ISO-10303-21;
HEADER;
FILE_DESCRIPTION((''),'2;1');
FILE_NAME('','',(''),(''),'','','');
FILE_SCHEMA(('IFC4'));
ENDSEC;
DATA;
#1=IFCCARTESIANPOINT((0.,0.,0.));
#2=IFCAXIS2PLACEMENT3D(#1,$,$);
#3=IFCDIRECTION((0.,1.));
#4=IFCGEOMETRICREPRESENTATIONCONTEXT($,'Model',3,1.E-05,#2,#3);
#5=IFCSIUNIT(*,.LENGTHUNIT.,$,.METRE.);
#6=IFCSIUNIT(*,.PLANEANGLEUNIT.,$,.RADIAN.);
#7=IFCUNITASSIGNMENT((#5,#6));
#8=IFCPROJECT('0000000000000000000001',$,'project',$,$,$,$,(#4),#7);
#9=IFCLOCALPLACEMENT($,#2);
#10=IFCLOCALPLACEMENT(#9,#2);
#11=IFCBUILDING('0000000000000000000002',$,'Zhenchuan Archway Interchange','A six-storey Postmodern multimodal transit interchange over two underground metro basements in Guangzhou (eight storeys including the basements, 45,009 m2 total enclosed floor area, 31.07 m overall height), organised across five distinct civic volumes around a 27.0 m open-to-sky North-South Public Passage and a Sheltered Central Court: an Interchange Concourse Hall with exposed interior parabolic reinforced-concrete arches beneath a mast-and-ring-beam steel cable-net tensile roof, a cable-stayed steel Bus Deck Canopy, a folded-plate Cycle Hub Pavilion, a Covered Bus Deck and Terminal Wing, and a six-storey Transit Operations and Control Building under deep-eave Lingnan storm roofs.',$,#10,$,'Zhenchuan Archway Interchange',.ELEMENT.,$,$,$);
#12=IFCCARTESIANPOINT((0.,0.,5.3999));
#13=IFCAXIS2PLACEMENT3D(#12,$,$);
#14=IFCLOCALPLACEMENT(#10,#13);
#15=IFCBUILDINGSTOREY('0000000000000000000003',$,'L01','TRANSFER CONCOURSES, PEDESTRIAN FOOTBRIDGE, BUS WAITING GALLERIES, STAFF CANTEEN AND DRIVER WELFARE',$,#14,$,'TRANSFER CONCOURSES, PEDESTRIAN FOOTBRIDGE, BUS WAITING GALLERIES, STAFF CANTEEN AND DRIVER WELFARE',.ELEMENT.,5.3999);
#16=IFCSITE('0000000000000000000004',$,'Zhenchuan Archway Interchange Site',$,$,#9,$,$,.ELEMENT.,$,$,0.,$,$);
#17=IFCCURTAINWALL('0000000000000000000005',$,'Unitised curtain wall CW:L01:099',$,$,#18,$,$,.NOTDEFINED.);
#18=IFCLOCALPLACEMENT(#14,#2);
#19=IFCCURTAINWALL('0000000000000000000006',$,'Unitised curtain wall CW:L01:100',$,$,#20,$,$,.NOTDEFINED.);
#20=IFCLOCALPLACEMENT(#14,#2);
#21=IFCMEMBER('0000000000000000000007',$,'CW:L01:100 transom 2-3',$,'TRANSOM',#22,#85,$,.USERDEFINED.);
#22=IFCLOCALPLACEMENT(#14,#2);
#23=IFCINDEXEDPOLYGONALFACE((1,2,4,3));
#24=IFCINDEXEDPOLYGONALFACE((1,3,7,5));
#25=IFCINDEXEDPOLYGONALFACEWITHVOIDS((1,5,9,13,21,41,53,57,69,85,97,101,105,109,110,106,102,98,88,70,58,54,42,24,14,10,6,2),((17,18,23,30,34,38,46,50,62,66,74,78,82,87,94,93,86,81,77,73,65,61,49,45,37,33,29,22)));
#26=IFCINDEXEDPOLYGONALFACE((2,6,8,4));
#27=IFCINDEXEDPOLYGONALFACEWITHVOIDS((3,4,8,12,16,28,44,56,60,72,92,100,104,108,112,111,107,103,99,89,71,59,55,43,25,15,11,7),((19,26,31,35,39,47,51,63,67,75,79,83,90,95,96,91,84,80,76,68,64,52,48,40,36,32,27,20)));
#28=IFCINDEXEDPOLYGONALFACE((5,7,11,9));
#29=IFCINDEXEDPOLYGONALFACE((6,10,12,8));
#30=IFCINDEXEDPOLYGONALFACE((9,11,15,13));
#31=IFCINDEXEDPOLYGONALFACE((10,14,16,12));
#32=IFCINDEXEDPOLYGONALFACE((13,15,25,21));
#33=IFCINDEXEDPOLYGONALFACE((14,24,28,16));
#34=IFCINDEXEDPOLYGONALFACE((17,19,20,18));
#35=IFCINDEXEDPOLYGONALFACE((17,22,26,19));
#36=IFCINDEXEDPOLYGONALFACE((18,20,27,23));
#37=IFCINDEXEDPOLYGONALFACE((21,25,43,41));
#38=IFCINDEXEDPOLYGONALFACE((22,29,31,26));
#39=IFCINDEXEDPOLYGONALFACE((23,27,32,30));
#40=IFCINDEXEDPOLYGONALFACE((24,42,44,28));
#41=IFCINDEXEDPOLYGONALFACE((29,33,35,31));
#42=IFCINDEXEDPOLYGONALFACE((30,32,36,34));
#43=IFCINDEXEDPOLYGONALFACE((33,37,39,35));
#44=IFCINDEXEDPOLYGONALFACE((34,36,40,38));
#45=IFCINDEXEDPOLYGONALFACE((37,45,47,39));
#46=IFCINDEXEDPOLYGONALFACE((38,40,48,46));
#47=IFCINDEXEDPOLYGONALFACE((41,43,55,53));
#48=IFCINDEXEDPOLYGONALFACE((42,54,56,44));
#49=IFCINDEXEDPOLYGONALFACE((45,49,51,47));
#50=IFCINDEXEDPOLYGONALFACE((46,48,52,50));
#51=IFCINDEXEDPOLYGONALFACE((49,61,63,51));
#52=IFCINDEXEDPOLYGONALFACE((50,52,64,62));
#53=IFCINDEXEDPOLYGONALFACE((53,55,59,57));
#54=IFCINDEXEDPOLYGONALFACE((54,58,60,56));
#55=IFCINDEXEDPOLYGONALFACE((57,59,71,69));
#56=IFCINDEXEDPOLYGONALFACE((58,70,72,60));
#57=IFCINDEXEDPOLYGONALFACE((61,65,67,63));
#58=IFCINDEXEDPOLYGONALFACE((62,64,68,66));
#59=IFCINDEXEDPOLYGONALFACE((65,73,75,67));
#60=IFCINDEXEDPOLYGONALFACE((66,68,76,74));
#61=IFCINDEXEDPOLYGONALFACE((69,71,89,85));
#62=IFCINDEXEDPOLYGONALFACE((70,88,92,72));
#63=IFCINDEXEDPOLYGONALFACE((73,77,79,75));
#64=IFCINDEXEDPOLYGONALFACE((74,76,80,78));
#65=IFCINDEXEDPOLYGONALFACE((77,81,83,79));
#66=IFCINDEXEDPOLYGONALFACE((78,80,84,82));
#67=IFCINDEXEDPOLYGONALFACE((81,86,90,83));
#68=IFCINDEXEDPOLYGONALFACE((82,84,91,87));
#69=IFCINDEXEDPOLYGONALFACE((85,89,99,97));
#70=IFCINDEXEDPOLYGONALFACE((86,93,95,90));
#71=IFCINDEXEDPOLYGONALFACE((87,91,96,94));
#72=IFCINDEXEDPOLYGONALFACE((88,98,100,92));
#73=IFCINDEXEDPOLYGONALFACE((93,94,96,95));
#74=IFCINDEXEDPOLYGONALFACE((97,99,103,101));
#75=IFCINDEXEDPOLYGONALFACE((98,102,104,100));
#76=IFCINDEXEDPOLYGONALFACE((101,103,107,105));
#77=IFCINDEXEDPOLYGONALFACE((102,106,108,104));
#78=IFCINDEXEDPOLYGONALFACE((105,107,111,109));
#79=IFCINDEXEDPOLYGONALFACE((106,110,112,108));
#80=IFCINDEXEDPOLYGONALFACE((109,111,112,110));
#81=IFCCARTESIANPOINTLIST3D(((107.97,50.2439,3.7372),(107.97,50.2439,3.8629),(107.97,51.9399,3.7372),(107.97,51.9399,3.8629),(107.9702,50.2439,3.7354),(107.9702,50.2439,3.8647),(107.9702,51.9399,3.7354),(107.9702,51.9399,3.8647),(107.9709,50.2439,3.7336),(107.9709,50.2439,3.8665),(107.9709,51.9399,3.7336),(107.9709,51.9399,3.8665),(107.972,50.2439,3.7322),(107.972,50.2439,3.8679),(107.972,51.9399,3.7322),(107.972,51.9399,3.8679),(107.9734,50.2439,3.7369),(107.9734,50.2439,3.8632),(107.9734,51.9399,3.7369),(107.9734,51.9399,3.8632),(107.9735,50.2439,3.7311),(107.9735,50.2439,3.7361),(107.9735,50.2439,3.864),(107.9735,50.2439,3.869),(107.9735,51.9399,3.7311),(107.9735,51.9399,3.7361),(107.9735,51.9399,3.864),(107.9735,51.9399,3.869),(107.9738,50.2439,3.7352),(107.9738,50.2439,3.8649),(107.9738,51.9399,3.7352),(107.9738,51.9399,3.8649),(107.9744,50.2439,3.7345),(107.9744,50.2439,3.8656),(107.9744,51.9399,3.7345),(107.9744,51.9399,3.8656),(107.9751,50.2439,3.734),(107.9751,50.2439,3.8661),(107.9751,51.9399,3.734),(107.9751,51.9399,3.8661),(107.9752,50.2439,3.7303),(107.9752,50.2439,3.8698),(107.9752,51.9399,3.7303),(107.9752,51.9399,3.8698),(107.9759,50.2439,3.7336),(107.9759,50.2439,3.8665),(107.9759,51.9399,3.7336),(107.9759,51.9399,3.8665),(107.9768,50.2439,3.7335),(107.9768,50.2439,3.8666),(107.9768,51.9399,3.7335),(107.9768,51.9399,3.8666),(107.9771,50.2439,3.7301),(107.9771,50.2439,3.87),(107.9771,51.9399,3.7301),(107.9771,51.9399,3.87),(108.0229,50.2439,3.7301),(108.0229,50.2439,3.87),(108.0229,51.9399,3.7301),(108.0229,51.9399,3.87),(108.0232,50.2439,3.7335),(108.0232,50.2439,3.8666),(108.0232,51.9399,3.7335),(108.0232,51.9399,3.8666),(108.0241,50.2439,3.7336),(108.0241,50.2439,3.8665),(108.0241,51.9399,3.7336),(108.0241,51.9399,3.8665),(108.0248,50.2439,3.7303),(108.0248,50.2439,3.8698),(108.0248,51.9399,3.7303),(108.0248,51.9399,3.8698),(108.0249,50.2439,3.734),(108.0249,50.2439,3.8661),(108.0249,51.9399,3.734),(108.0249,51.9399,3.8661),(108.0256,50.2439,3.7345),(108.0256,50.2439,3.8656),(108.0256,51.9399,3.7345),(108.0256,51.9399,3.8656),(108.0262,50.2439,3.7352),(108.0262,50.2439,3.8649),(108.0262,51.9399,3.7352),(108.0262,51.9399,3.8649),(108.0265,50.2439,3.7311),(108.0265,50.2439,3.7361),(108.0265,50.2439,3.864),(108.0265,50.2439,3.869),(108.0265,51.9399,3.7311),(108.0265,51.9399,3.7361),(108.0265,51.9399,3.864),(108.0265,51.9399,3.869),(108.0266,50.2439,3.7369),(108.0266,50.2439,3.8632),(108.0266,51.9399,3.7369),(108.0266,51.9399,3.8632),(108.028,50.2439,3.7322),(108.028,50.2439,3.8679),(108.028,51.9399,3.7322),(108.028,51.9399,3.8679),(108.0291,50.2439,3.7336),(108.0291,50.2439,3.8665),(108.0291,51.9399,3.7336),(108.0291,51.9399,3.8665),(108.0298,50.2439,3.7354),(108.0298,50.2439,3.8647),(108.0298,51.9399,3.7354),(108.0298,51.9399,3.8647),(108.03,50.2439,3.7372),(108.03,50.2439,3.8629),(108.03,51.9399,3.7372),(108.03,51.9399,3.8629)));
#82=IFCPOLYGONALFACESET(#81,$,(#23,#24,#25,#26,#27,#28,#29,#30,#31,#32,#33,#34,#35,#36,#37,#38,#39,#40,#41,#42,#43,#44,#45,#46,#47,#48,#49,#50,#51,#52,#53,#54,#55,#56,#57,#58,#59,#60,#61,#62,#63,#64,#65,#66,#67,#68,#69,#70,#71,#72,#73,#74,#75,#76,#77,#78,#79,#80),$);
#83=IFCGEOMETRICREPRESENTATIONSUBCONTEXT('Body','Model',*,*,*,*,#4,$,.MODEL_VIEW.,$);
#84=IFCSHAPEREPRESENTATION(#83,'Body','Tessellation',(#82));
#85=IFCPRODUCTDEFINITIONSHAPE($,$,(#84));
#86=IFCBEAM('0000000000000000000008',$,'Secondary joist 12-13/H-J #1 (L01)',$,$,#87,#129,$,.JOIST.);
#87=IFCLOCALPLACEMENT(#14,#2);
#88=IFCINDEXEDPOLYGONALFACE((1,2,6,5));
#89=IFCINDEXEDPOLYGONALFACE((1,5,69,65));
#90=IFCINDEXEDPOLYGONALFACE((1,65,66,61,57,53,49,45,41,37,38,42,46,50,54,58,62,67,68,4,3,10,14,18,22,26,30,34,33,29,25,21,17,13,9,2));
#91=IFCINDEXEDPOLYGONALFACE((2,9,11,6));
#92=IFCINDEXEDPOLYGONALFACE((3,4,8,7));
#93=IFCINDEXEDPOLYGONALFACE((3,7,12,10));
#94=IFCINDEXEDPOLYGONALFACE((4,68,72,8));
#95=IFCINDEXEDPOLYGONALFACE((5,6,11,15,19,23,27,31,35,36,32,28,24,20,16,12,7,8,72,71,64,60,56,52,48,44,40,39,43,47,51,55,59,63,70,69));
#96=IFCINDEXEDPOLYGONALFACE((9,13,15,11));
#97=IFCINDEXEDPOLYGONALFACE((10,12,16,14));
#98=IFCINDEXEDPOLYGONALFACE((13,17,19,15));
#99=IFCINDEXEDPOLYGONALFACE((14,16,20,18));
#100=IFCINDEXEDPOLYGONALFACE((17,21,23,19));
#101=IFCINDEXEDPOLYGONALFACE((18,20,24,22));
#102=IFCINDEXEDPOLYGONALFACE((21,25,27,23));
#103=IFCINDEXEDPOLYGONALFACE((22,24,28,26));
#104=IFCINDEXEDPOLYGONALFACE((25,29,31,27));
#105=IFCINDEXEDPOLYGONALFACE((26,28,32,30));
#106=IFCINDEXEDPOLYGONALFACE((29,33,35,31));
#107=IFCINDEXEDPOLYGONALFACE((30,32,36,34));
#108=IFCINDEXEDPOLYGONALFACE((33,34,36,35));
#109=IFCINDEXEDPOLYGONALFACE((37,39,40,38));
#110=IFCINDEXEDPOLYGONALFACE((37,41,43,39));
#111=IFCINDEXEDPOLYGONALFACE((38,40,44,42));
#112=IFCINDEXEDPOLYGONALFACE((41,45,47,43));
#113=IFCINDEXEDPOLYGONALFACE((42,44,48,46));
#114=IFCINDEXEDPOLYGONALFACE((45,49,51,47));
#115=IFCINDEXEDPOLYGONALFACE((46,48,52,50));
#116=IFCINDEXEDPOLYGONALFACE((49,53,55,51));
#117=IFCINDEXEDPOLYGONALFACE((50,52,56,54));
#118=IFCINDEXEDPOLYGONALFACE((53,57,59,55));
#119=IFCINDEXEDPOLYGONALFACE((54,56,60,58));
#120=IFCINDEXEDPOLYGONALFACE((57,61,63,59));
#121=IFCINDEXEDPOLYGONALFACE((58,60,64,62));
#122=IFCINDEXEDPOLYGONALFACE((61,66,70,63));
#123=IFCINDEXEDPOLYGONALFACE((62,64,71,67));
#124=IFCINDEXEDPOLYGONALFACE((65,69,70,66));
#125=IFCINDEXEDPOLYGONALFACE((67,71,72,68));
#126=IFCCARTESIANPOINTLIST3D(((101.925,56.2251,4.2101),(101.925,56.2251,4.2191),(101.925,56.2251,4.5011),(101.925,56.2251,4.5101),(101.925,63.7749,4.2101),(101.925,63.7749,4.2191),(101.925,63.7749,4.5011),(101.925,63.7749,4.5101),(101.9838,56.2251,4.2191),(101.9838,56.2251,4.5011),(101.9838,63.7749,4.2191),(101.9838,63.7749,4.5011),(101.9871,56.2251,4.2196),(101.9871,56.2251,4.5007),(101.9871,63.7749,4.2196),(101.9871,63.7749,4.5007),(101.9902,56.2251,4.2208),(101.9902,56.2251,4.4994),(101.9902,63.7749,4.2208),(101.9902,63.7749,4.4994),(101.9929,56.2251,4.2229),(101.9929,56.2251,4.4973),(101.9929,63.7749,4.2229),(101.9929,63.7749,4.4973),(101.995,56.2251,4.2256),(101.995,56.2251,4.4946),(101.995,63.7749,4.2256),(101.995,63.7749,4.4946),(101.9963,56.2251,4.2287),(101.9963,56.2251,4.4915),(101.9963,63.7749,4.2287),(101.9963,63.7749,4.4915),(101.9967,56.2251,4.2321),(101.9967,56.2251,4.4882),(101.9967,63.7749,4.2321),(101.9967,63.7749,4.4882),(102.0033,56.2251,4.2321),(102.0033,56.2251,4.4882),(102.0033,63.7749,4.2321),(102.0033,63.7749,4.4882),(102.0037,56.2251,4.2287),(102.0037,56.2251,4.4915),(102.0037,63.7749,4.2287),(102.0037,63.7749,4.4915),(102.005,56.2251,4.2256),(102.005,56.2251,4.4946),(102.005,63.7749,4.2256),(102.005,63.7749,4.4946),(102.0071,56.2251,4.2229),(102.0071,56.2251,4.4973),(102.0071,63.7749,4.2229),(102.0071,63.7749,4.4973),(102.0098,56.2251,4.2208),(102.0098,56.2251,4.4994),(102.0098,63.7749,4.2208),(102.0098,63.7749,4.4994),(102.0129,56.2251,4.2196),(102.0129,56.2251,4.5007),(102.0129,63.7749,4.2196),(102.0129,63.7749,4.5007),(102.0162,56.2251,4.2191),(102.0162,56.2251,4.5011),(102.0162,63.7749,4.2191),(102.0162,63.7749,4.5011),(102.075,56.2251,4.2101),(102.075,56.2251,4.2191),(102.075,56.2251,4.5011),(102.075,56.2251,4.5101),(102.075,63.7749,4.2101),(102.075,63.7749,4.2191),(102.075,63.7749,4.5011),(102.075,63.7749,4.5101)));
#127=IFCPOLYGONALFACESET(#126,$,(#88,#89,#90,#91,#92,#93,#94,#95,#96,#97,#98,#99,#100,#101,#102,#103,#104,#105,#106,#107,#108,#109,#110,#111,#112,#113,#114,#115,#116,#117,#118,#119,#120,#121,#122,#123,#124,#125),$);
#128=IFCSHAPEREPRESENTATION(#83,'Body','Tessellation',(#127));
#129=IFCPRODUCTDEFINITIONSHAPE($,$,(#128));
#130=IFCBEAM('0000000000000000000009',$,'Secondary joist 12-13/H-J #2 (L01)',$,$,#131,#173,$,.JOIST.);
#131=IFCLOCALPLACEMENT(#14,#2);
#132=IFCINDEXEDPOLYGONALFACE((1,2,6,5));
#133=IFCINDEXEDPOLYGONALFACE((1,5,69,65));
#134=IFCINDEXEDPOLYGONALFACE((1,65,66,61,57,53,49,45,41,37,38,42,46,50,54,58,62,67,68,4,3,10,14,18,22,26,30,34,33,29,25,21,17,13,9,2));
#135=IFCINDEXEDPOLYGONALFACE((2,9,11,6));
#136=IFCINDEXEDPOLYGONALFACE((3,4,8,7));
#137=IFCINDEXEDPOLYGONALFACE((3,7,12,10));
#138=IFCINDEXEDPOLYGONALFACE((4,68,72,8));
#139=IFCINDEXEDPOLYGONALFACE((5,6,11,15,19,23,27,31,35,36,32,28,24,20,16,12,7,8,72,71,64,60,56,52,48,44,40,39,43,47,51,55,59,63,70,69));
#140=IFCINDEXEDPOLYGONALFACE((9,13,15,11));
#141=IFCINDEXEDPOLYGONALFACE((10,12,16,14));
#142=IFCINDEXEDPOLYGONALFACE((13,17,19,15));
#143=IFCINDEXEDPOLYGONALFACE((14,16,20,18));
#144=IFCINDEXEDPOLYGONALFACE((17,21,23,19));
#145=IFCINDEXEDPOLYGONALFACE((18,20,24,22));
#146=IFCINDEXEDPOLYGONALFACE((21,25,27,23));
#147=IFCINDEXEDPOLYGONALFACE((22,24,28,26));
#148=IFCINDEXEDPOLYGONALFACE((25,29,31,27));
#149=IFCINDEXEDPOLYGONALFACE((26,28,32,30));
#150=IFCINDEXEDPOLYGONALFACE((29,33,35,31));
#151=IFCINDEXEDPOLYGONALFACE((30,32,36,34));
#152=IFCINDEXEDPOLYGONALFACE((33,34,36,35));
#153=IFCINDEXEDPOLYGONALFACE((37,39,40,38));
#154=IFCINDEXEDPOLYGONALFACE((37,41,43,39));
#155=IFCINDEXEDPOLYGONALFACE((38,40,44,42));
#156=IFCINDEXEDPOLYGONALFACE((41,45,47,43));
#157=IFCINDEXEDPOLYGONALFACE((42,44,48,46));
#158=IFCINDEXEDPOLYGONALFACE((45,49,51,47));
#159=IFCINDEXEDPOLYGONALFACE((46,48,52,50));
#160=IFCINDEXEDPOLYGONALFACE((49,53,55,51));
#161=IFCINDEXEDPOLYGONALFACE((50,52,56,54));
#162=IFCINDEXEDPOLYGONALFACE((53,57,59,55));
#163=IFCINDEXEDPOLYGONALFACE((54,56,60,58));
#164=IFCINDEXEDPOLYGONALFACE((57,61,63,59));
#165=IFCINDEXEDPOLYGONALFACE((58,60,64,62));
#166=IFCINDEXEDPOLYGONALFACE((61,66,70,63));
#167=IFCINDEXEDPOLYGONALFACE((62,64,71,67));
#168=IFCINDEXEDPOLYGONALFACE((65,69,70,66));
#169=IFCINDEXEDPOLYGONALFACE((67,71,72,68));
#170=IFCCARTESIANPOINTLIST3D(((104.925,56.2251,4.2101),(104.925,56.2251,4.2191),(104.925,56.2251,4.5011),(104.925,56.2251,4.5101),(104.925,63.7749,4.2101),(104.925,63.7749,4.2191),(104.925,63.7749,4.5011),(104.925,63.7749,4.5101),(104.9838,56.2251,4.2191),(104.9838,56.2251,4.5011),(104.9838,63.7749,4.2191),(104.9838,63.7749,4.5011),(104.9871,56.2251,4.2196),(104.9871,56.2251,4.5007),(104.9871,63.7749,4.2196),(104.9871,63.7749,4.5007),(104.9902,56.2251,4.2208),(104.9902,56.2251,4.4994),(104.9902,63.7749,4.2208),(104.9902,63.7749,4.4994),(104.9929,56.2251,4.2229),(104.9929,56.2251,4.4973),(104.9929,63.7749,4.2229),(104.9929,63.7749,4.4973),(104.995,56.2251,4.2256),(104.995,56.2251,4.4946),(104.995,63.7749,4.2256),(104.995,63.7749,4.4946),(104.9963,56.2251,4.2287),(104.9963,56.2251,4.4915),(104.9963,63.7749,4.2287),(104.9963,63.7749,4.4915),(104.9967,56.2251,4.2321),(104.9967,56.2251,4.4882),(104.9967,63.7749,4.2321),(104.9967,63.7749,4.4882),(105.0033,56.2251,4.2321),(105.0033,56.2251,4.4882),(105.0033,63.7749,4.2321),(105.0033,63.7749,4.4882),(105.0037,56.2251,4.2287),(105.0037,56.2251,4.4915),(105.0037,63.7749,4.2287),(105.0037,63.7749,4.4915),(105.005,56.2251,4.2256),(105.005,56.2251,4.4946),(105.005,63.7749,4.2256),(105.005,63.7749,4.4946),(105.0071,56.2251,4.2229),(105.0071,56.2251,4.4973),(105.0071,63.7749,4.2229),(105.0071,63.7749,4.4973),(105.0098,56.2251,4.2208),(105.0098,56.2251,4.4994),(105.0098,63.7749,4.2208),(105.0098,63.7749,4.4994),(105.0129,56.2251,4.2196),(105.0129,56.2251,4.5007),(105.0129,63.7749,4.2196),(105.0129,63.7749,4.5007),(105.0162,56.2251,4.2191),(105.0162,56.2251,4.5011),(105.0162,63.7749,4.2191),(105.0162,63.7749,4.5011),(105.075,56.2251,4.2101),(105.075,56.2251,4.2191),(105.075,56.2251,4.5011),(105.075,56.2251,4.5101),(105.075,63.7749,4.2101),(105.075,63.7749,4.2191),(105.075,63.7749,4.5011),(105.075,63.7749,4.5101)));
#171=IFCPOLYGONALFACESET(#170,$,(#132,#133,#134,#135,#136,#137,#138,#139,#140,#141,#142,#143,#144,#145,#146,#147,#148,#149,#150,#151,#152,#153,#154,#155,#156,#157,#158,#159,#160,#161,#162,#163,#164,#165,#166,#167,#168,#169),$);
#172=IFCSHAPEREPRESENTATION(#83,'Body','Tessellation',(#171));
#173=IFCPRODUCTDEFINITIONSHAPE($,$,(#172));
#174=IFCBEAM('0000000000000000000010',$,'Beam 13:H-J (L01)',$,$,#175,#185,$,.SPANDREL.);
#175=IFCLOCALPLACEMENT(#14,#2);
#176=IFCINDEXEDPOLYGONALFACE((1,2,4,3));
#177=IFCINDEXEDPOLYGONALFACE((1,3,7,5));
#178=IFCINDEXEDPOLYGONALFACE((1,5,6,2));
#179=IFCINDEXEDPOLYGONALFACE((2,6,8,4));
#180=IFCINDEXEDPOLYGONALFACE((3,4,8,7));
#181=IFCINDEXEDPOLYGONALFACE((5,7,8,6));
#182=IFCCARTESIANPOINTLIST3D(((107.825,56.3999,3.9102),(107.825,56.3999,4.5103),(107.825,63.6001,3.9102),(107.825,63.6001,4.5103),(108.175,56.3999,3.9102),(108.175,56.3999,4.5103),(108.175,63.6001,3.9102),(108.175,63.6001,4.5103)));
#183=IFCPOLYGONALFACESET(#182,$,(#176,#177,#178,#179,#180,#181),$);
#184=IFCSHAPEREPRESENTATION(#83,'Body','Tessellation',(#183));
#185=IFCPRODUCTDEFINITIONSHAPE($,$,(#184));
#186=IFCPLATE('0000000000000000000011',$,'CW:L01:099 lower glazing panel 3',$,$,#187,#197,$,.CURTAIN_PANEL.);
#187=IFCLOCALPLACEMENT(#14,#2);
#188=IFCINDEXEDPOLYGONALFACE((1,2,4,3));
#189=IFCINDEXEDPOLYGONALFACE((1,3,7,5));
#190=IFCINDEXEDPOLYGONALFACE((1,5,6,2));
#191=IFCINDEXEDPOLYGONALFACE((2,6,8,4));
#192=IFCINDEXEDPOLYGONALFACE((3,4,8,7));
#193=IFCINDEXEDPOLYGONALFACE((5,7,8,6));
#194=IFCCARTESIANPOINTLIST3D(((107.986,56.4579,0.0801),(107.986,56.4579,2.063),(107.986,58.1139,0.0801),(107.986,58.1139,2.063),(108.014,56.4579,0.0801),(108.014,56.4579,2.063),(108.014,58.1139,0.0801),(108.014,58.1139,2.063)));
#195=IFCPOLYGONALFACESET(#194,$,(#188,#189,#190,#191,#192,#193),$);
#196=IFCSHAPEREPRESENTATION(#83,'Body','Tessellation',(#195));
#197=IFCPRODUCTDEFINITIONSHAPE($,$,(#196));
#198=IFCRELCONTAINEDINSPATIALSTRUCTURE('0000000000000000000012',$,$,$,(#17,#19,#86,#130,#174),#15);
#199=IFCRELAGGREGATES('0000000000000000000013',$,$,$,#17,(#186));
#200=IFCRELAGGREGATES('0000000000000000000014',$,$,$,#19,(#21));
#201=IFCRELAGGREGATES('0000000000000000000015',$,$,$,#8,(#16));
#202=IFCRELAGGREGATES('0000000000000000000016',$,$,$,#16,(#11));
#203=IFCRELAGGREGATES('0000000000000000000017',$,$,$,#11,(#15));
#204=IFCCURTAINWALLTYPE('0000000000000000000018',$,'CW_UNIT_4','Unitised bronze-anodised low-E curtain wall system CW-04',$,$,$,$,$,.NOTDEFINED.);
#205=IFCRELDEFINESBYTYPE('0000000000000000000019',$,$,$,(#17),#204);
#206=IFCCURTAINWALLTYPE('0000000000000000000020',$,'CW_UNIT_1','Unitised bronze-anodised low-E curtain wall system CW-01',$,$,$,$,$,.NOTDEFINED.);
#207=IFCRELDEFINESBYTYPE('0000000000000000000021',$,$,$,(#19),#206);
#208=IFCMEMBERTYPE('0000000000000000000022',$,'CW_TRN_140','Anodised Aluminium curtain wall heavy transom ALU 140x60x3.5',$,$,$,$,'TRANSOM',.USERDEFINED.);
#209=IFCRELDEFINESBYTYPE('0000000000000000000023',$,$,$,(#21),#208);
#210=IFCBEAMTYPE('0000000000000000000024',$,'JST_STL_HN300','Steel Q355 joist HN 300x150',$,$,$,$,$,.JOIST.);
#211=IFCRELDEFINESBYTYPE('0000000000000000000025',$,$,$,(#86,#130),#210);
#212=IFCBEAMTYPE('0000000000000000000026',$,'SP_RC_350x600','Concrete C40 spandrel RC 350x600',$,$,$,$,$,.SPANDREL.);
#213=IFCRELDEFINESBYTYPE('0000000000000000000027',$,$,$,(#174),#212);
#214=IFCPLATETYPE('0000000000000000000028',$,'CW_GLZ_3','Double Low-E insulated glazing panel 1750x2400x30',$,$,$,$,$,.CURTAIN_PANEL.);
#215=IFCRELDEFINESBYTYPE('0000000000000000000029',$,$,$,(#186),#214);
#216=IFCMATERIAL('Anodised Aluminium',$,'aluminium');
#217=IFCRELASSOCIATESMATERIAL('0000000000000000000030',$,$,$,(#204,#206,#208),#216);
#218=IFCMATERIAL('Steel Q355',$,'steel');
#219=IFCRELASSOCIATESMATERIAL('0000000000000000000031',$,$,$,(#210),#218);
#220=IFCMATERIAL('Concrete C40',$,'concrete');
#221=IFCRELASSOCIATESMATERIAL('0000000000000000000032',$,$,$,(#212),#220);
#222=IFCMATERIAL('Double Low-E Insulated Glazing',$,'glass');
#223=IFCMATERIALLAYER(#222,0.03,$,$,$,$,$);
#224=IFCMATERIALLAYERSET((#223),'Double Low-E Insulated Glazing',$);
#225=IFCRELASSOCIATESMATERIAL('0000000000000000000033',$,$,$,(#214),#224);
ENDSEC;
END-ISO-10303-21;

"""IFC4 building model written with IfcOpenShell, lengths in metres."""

from ifc_helpers import new_model, si_unit, direction, frame, origin, origin_2d, place, context, subcontext, project, spatial, rectangle, hollow_rectangle, i_section, extrude, material, layer, layer_set, material_profile, profile_set, type_object, element, aggregate, save


model = new_model("IFC4")

# Units and contexts
model_context = context("Model", 3, precision=1e-05, world=origin(), true_north=direction((0.0, 1.0)))
body_context = subcontext(model_context, "Body", "Model", "MODEL_VIEW")
ifc_project = project(units=[si_unit("LENGTHUNIT", "METRE"), si_unit("PLANEANGLEUNIT", "RADIAN")], contexts=[model_context])

# Site, building, storey
site_placement = place(None, origin())
site = spatial("IfcSite", under=ifc_project, at=site_placement, Name="Zhenchuan Archway Interchange Site", CompositionType="ELEMENT", RefElevation=0.0)
building_placement = place(site_placement, origin())
building = spatial("IfcBuilding", under=site, at=building_placement, Name="Zhenchuan Archway Interchange", Description="A six-storey Postmodern multimodal transit interchange over two underground metro basements in Guangzhou (eight storeys including the basements, 45,009 m2 total enclosed floor area, 31.07 m overall height), organised across five distinct civic volumes around a 27.0 m open-to-sky North-South Public Passage and a Sheltered Central Court: an Interchange Concourse Hall with exposed interior parabolic reinforced-concrete arches beneath a mast-and-ring-beam steel cable-net tensile roof, a cable-stayed steel Bus Deck Canopy, a folded-plate Cycle Hub Pavilion, a Covered Bus Deck and Terminal Wing, and a six-storey Transit Operations and Control Building under deep-eave Lingnan storm roofs.", LongName="Zhenchuan Archway Interchange", CompositionType="ELEMENT")
storey_placement = place(building_placement, frame((0.0, 0.0, 5.3999)))
storey = spatial("IfcBuildingStorey", under=building, at=storey_placement, Name="L01", Description="TRANSFER CONCOURSES, PEDESTRIAN FOOTBRIDGE, BUS WAITING GALLERIES, STAFF CANTEEN AND DRIVER WELFARE", LongName="TRANSFER CONCOURSES, PEDESTRIAN FOOTBRIDGE, BUS WAITING GALLERIES, STAFF CANTEEN AND DRIVER WELFARE", CompositionType="ELEMENT", Elevation=5.3999)

# Shared definitions
ifc_material_1 = material(Name="Concrete C40", Category="concrete")

# Curtain wall
ifc_material_2 = material(Name="Anodised Aluminium", Category="aluminium")
curtain_wall_type_1 = type_object("IfcCurtainWallType", Name="CW_UNIT_4", Description="Unitised bronze-anodised low-E curtain wall system CW-04", PredefinedType="NOTDEFINED", material=ifc_material_2)
curtain_wall_1_placement = place(storey_placement, origin())
curtain_wall_1 = element("IfcCurtainWall", 1, at=curtain_wall_1_placement, inside=storey, type_object=curtain_wall_type_1, Name="Unitised curtain wall CW:L01:099", PredefinedType="NOTDEFINED")

# Curtain wall, member
curtain_wall_type_2 = type_object("IfcCurtainWallType", Name="CW_UNIT_1", Description="Unitised bronze-anodised low-E curtain wall system CW-01", PredefinedType="NOTDEFINED", material=ifc_material_2)
curtain_wall_2_placement = place(storey_placement, origin())
curtain_wall_2 = element("IfcCurtainWall", 2, at=curtain_wall_2_placement, inside=storey, type_object=curtain_wall_type_2, Name="Unitised curtain wall CW:L01:100", PredefinedType="NOTDEFINED")
ifc_material_profile_1 = material_profile(ifc_material_2, hollow_rectangle(XDim=0.0601, YDim=0.1399, WallThickness=0.0034, InnerFilletRadius=0.0034, OuterFilletRadius=0.0071, at=origin_2d()), Name="ALU 140x60x3.5")
ifc_profile_set_1 = profile_set([ifc_material_profile_1], Name="Anodised Aluminium")
member_type_1 = type_object("IfcMemberType", Name="CW_TRN_140", Description="Anodised Aluminium curtain wall heavy transom ALU 140x60x3.5", ElementType="TRANSOM", PredefinedType="USERDEFINED", material=ifc_profile_set_1)
member_1_placement = place(storey_placement, frame((108.0, 51.9399, 3.8), z_axis=(0.0, -1.0, 0.0), x_axis=(1.0, 0.0, 0.0)))
member_1 = element("IfcMember", 3, at=member_1_placement, type_object=member_type_1, Name="CW:L01:100 transom 2-3", ObjectType="TRANSOM", PredefinedType="USERDEFINED", context=body_context, shape_type="SweptSolid", body=[
    extrude(hollow_rectangle(XDim=0.0601, YDim=0.1399, WallThickness=0.0034, InnerFilletRadius=0.0034, OuterFilletRadius=0.0071, at=origin_2d()), origin(), (0.0, 0.0, 1.0), 1.696),
])

# Beams
ifc_material_3 = material(Name="Steel Q355", Category="steel")
ifc_material_profile_2 = material_profile(ifc_material_3, i_section(OverallWidth=0.1499, OverallDepth=0.3, WebThickness=0.0066, FlangeThickness=0.009, FilletRadius=0.0129, at=origin_2d()), Name="HN 300x150")
ifc_profile_set_2 = profile_set([ifc_material_profile_2], Name="Steel Q355")
beam_type_1 = type_object("IfcBeamType", Name="JST_STL_HN300", Description="Steel Q355 joist HN 300x150", PredefinedType="JOIST", material=ifc_profile_set_2)
for number, where, z_axis, x_axis, name in (
    (4, (102.0, 56.2251, 4.3601), (0.0, 1.0, 0.0), (-1.0, 0.0, 0.0), "Secondary joist 12-13/H-J #1 (L01)"),
    (5, (105.0, 56.2251, 4.3601), (0.0, 1.0, 0.0), (-1.0, 0.0, 0.0), "Secondary joist 12-13/H-J #2 (L01)"),
):
    element("IfcBeam", number, at=place(storey_placement, frame(where, z_axis=z_axis, x_axis=x_axis)), inside=storey, type_object=beam_type_1, Name=name, PredefinedType="JOIST", context=body_context, shape_type="SweptSolid", body=[
        extrude(i_section(OverallWidth=0.1499, OverallDepth=0.3, WebThickness=0.0066, FlangeThickness=0.009, FilletRadius=0.0129, at=origin_2d()), origin(), (0.0, 0.0, 1.0), 7.5498),
    ])
ifc_material_profile_3 = material_profile(ifc_material_1, rectangle(XDim=0.3501, YDim=0.6001, at=origin_2d()), Name="RC 350x600")
ifc_profile_set_3 = profile_set([ifc_material_profile_3], Name="Concrete C40")
beam_type_2 = type_object("IfcBeamType", Name="SP_RC_350x600", Description="Concrete C40 spandrel RC 350x600", PredefinedType="SPANDREL", material=ifc_profile_set_3)
beam_1_placement = place(storey_placement, frame((108.0, 56.3999, 4.2102), z_axis=(0.0, 1.0, 0.0), x_axis=(-1.0, 0.0, 0.0)))
element("IfcBeam", 6, at=beam_1_placement, inside=storey, type_object=beam_type_2, Name="Beam 13:H-J (L01)", PredefinedType="SPANDREL", context=body_context, shape_type="SweptSolid", body=[
    extrude(rectangle(XDim=0.3501, YDim=0.6001, at=origin_2d()), origin(), (0.0, 0.0, 1.0), 7.2002),
])

# Plate
ifc_material_4 = material(Name="Double Low-E Insulated Glazing", Category="glass")
ifc_layer_1 = layer(ifc_material_4, 0.03)
ifc_layer_set_1 = layer_set([ifc_layer_1], Name="Double Low-E Insulated Glazing")
plate_type_1 = type_object("IfcPlateType", Name="CW_GLZ_3", Description="Double Low-E insulated glazing panel 1750x2400x30", PredefinedType="CURTAIN_PANEL", material=ifc_layer_set_1)
plate_1_placement = place(storey_placement, frame((108.0, 57.2859, 0.0801), z_axis=(0.0, 0.0, 1.0), x_axis=(0.0, -1.0, 0.0)))
plate_1 = element("IfcPlate", 7, at=plate_1_placement, type_object=plate_type_1, Name="CW:L01:099 lower glazing panel 3", PredefinedType="CURTAIN_PANEL", context=body_context, shape_type="SweptSolid", body=[
    extrude(rectangle(XDim=1.656, YDim=0.0281, at=origin_2d()), origin(), (0.0, 0.0, 1.0), 1.9829),
])
aggregate(curtain_wall_1, [plate_1])
aggregate(curtain_wall_2, [member_1])

save(model, "model.ifc")
